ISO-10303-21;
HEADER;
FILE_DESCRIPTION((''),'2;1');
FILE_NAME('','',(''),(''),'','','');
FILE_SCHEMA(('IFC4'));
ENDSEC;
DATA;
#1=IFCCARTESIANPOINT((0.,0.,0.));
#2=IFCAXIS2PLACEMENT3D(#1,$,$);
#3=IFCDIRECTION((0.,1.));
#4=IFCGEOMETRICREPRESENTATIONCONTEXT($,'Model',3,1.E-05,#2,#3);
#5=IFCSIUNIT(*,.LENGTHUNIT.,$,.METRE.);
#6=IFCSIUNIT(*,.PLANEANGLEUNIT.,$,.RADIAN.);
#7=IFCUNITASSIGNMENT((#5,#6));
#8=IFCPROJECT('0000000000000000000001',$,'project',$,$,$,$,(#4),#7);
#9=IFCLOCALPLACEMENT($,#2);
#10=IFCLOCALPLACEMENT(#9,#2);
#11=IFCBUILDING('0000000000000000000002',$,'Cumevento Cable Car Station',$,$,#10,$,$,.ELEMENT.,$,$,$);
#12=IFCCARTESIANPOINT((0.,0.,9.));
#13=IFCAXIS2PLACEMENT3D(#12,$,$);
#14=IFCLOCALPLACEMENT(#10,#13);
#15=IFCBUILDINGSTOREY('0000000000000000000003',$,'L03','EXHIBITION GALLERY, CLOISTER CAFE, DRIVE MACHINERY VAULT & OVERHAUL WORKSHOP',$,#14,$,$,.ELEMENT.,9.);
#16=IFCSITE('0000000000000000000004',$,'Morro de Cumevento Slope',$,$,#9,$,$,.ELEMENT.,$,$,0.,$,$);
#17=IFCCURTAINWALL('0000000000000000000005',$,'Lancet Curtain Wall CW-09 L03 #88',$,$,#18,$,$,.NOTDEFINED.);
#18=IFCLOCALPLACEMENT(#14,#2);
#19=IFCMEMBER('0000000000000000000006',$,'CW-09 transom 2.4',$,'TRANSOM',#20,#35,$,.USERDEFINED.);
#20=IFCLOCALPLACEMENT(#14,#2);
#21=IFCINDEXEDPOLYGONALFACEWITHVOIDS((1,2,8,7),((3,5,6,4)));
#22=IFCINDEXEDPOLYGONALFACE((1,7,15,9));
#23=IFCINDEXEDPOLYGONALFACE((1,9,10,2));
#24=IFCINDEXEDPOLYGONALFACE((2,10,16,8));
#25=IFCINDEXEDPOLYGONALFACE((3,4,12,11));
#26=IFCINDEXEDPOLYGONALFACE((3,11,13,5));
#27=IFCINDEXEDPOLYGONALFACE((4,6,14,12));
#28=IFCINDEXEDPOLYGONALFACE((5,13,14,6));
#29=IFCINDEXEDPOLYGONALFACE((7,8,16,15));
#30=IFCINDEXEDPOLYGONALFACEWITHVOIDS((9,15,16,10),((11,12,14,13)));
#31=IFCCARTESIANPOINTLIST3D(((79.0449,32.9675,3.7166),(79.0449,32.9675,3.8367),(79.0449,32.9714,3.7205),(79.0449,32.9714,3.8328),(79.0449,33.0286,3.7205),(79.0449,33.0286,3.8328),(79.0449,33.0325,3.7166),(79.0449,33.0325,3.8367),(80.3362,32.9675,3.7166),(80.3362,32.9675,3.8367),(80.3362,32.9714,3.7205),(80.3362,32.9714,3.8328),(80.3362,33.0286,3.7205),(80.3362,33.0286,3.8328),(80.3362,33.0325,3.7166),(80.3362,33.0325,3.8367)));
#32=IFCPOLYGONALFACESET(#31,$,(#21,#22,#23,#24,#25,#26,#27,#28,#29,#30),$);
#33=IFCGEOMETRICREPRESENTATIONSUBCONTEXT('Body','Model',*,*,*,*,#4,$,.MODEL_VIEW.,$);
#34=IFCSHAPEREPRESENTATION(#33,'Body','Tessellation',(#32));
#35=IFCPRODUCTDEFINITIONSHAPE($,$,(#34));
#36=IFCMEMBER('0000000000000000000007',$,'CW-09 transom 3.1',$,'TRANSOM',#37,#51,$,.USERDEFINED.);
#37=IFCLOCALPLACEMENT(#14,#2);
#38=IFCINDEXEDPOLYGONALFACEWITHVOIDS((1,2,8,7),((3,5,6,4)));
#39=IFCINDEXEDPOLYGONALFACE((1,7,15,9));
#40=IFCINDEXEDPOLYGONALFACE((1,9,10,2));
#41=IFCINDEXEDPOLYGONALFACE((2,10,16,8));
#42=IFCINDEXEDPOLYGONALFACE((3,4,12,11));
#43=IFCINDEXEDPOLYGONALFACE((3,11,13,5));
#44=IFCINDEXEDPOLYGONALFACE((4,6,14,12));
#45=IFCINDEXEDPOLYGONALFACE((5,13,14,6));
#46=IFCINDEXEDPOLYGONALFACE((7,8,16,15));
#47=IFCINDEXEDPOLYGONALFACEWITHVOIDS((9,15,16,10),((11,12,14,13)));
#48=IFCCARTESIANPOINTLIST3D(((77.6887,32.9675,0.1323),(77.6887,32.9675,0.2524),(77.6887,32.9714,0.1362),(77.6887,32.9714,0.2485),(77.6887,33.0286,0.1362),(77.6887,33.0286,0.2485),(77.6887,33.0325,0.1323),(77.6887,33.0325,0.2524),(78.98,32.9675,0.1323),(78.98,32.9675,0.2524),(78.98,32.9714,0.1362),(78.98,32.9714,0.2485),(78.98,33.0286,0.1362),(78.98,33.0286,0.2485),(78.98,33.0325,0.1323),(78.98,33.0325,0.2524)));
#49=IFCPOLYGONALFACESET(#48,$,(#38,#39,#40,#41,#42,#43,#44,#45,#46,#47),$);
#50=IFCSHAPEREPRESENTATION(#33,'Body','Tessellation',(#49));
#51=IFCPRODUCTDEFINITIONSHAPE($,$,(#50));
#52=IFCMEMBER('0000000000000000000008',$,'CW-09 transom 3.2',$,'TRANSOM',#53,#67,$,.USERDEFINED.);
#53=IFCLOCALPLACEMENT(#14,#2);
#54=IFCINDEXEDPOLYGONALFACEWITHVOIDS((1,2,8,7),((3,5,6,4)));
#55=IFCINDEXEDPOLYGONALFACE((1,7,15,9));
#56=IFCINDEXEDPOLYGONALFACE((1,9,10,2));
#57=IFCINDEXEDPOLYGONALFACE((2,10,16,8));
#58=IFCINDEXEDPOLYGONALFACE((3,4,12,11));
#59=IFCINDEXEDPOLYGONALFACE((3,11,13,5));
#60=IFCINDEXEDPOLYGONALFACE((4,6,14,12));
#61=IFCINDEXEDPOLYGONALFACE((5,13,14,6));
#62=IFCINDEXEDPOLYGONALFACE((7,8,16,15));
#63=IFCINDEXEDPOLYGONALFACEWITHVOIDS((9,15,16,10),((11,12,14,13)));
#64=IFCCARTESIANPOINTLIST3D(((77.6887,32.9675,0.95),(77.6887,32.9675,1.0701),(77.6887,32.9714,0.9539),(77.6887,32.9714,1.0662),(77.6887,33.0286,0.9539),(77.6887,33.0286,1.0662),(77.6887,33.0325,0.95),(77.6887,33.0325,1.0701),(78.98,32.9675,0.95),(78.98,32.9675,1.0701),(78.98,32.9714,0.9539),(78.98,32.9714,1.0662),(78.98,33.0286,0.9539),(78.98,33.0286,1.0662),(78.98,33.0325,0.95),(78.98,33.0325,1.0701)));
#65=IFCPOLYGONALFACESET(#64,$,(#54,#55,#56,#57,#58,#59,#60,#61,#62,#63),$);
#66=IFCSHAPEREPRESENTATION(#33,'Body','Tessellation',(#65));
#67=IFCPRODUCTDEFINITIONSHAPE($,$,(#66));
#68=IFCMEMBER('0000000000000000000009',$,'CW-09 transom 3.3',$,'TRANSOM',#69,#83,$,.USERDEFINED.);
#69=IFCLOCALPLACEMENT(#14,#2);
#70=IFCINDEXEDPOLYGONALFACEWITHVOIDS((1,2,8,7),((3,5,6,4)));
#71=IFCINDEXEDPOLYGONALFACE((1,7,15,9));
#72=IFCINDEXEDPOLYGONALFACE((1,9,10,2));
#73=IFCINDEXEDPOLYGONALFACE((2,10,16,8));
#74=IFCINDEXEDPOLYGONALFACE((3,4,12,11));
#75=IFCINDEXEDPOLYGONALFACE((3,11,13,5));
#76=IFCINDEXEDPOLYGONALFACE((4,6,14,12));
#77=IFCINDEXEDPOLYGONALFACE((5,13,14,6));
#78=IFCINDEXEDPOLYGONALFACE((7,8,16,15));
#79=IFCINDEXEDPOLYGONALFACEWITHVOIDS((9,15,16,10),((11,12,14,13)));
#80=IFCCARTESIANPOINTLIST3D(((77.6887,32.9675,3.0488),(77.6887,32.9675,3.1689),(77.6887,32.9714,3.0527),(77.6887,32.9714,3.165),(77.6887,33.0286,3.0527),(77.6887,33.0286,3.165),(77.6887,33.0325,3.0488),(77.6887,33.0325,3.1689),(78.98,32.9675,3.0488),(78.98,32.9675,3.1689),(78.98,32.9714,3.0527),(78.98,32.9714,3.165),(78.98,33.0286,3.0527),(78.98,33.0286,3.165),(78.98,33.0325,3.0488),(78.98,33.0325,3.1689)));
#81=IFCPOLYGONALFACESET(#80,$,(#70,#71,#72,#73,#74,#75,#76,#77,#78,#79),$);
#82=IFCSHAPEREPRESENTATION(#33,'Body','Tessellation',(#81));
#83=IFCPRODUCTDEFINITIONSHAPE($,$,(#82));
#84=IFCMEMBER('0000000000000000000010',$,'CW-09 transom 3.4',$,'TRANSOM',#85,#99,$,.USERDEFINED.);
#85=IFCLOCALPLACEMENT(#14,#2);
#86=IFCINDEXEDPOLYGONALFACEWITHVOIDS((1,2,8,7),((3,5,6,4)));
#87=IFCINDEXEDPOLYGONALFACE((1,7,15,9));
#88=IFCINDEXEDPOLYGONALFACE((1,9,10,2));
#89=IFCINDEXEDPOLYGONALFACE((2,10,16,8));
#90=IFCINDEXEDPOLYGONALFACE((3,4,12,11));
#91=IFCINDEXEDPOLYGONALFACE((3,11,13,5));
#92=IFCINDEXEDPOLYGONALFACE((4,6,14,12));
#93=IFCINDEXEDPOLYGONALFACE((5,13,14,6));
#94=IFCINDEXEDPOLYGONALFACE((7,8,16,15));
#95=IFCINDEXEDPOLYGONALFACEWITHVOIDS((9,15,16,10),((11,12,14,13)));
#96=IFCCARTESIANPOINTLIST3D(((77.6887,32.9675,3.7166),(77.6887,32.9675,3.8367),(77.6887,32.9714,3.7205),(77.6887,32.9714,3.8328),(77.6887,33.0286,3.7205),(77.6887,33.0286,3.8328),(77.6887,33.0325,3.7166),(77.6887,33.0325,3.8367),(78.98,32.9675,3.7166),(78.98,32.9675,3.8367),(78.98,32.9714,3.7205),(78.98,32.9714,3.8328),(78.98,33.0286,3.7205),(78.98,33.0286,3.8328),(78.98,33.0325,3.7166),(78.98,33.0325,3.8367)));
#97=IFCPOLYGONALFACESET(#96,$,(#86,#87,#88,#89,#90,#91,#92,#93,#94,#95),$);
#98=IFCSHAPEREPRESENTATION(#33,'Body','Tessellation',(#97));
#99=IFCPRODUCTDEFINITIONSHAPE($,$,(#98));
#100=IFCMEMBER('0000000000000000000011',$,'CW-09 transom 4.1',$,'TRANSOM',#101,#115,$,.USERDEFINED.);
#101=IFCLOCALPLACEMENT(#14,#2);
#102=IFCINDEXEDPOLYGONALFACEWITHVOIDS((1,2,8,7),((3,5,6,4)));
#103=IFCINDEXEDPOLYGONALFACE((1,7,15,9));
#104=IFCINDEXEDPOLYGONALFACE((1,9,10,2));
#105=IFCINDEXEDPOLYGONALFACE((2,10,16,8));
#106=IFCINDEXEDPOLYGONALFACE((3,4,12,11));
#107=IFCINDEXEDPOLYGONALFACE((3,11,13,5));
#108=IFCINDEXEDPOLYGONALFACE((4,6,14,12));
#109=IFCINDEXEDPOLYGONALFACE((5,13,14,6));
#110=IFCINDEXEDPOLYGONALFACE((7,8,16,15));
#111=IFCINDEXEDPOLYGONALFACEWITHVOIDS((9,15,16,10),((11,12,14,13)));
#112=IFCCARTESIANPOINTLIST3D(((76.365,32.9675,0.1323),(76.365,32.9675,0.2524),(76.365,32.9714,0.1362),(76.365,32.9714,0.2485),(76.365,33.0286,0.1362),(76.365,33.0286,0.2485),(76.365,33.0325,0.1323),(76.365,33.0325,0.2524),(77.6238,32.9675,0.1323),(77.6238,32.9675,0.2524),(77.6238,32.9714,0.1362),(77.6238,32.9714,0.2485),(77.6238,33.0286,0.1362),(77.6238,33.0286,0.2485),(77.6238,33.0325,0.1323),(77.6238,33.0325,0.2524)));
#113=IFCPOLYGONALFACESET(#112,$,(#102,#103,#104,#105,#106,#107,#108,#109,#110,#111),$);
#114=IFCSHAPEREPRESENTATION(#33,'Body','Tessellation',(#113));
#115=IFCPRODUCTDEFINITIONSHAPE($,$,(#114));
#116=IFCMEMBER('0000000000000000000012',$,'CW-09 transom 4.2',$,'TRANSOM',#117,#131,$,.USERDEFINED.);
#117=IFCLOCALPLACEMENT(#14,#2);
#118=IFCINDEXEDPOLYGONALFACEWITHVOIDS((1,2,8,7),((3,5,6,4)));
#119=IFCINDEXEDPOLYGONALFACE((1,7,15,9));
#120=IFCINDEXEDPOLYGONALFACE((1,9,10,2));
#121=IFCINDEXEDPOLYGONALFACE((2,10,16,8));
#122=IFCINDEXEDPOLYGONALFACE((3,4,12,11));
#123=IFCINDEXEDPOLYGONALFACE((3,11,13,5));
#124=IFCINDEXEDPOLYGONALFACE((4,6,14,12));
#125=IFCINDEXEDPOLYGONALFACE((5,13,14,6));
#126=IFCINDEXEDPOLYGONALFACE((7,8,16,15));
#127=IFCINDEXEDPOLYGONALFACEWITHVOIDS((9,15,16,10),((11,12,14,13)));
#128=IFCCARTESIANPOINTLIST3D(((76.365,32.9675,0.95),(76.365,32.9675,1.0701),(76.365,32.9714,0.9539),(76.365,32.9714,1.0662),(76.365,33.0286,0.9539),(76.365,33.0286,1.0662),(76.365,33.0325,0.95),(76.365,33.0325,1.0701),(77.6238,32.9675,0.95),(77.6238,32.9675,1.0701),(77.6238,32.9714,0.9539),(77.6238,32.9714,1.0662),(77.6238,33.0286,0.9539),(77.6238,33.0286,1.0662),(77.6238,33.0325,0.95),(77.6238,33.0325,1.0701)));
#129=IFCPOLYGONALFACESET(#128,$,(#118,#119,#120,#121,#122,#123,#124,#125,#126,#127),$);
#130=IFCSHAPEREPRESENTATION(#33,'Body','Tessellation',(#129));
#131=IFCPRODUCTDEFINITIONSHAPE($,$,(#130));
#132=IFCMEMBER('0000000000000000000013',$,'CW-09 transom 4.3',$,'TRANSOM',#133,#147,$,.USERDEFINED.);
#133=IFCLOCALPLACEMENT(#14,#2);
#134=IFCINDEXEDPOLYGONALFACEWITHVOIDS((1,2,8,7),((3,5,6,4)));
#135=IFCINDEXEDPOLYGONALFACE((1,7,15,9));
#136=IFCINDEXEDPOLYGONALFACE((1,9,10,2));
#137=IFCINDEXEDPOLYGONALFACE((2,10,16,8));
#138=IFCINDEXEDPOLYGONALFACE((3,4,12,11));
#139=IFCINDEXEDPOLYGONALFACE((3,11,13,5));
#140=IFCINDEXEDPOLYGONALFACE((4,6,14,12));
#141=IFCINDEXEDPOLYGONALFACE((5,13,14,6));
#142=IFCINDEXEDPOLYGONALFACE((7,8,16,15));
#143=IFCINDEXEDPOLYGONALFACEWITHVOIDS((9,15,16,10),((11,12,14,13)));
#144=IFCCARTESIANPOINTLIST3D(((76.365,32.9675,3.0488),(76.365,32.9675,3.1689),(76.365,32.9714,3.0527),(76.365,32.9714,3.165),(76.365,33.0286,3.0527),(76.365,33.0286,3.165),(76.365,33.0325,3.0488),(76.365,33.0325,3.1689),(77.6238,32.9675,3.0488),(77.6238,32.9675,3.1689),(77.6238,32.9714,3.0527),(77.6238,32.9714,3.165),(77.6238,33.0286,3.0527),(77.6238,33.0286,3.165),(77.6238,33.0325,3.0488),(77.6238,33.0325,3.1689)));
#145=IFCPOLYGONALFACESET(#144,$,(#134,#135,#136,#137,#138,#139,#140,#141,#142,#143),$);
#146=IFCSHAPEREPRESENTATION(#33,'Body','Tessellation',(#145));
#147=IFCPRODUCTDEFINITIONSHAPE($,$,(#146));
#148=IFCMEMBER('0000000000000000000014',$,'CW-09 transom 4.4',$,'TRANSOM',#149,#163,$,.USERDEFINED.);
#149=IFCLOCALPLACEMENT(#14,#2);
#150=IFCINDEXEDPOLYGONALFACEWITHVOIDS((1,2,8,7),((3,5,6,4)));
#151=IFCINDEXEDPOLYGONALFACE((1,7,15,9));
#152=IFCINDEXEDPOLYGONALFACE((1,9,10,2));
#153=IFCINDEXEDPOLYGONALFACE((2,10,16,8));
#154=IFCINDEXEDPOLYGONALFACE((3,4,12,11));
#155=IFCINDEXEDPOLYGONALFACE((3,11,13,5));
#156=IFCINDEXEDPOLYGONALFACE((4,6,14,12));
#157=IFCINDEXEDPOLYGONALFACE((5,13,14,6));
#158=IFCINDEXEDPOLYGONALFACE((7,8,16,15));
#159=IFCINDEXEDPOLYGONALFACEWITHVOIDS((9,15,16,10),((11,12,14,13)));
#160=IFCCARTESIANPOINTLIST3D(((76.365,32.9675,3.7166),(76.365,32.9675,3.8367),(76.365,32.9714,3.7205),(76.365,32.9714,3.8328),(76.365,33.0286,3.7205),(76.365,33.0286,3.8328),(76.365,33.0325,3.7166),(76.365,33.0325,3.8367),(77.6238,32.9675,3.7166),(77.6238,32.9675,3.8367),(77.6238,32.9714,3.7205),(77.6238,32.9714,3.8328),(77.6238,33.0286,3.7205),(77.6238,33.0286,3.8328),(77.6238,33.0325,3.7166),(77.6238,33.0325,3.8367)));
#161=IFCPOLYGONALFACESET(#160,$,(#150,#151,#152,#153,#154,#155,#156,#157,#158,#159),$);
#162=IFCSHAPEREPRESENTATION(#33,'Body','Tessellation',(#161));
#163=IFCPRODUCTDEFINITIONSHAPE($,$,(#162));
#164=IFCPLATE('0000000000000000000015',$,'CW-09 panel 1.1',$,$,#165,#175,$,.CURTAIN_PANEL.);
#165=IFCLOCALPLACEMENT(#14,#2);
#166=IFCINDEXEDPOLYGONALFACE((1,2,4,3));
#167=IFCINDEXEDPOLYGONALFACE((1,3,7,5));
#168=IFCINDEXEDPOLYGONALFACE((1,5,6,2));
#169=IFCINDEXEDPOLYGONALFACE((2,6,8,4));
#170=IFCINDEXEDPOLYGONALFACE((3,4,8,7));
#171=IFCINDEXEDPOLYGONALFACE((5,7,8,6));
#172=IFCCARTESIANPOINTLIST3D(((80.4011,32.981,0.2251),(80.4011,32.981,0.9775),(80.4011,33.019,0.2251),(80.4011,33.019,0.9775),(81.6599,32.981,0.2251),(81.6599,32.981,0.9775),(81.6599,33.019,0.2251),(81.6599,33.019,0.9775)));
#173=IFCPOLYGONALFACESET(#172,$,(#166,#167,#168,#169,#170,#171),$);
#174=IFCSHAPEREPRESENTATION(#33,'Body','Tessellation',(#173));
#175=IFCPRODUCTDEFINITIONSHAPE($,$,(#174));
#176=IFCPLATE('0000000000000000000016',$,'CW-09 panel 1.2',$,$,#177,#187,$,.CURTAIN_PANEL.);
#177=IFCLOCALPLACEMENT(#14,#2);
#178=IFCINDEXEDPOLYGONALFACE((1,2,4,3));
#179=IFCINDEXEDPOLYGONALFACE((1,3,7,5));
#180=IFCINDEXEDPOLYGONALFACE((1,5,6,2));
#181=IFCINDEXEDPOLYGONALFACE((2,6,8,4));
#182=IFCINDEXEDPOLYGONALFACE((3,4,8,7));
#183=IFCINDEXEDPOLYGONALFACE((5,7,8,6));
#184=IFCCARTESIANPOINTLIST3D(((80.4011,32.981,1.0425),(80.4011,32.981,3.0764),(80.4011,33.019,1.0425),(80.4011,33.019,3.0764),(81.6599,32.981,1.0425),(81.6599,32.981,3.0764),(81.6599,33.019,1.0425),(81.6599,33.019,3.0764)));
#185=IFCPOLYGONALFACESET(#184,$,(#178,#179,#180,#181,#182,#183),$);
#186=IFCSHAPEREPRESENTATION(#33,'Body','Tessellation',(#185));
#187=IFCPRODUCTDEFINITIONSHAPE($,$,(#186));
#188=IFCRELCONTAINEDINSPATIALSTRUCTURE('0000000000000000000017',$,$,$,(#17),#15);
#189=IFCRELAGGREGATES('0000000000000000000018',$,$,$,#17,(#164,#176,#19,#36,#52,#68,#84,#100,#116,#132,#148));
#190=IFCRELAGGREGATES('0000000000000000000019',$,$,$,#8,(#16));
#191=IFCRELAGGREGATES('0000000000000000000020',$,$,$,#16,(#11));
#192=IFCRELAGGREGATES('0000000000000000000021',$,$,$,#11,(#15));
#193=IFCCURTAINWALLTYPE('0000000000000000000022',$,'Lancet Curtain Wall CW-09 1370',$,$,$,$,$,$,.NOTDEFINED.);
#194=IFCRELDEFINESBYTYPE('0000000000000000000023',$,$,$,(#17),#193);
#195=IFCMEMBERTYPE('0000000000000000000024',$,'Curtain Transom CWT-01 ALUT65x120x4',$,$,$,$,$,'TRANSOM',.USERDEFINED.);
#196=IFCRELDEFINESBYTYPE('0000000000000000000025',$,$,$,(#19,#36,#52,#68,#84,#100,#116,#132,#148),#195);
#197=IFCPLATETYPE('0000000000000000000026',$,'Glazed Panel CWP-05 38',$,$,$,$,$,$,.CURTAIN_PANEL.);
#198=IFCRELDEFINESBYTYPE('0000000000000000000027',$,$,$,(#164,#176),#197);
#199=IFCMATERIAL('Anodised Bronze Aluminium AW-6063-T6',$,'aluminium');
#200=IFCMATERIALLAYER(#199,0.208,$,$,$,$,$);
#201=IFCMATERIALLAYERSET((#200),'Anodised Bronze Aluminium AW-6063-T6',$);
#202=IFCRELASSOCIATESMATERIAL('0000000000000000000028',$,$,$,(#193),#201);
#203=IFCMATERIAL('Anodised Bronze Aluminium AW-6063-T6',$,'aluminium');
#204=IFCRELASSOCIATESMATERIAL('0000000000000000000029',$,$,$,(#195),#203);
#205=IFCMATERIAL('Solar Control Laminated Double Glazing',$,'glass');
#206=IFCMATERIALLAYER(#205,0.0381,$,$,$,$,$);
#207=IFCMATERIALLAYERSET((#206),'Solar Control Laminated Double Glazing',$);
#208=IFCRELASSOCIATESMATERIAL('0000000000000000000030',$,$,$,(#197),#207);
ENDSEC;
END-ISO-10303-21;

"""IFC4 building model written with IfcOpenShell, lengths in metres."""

from ifc_helpers import new_model, si_unit, direction, frame, origin, origin_2d, place, context, subcontext, project, spatial, rectangle, hollow_rectangle, extrude, material, layer, layer_set, material_profile, profile_set, type_object, element, aggregate, save


model = new_model("IFC4")

# Units and contexts
model_context = context("Model", 3, precision=1e-05, world=origin(), true_north=direction((0.0, 1.0)))
body_context = subcontext(model_context, "Body", "Model", "MODEL_VIEW")
ifc_project = project(units=[si_unit("LENGTHUNIT", "METRE"), si_unit("PLANEANGLEUNIT", "RADIAN")], contexts=[model_context])

# Site, building, storey
site_placement = place(None, origin())
site = spatial("IfcSite", under=ifc_project, at=site_placement, Name="Morro de Cumevento Slope", CompositionType="ELEMENT", RefElevation=0.0)
building_placement = place(site_placement, origin())
building = spatial("IfcBuilding", under=site, at=building_placement, Name="Cumevento Cable Car Station", CompositionType="ELEMENT")
storey_placement = place(building_placement, frame((0.0, 0.0, 9.0)))
storey = spatial("IfcBuildingStorey", under=building, at=storey_placement, Name="L03", Description="EXHIBITION GALLERY, CLOISTER CAFE, DRIVE MACHINERY VAULT & OVERHAUL WORKSHOP", CompositionType="ELEMENT", Elevation=9.0)

# Curtain wall, members, plates
ifc_material_1 = material(Name="Anodised Bronze Aluminium AW-6063-T6", Category="aluminium")
ifc_layer_1 = layer(ifc_material_1, 0.208)
ifc_layer_set_1 = layer_set([ifc_layer_1], Name="Anodised Bronze Aluminium AW-6063-T6")
curtain_wall_type = type_object("IfcCurtainWallType", Name="Lancet Curtain Wall CW-09 1370", PredefinedType="NOTDEFINED", material=ifc_layer_set_1)
curtain_wall_placement = place(storey_placement, origin())
curtain_wall = element("IfcCurtainWall", 1, at=curtain_wall_placement, inside=storey, type_object=curtain_wall_type, Name="Lancet Curtain Wall CW-09 L03 #88", PredefinedType="NOTDEFINED")
ifc_material_2 = material(Name="Anodised Bronze Aluminium AW-6063-T6", Category="aluminium")
ifc_material_profile_1 = material_profile(ifc_material_2, hollow_rectangle(XDim=0.0649, YDim=0.1201, WallThickness=0.0039, at=origin_2d()), Name="ALUT65x120x4")
ifc_profile_set_1 = profile_set([ifc_material_profile_1], Name="Anodised Bronze Aluminium AW-6063-T6")
member_type_1 = type_object("IfcMemberType", Name="Curtain Transom CWT-01 ALUT65x120x4", ElementType="TRANSOM", PredefinedType="USERDEFINED", material=ifc_profile_set_1)
member_1_placement = place(storey_placement, frame((80.3362, 33.0, 3.7766), z_axis=(-1.0, 0.0, 0.0), x_axis=(0.0, -1.0, 0.0)))
member_1 = element("IfcMember", 2, at=member_1_placement, type_object=member_type_1, Name="CW-09 transom 2.4", ObjectType="TRANSOM", PredefinedType="USERDEFINED", context=body_context, shape_type="SweptSolid", body=[
    extrude(hollow_rectangle(XDim=0.0649, YDim=0.1201, WallThickness=0.0039, at=origin_2d()), origin(), (0.0, 0.0, 1.0), 1.2913),
])
member_2_placement = place(storey_placement, frame((78.98, 33.0, 0.1924), z_axis=(-1.0, 0.0, 0.0), x_axis=(0.0, -1.0, 0.0)))
member_2 = element("IfcMember", 3, at=member_2_placement, type_object=member_type_1, Name="CW-09 transom 3.1", ObjectType="TRANSOM", PredefinedType="USERDEFINED", context=body_context, shape_type="SweptSolid", body=[
    extrude(hollow_rectangle(XDim=0.0649, YDim=0.1201, WallThickness=0.0039, at=origin_2d()), origin(), (0.0, 0.0, 1.0), 1.2913),
])
member_3_placement = place(storey_placement, frame((78.98, 33.0, 1.01), z_axis=(-1.0, 0.0, 0.0), x_axis=(0.0, -1.0, 0.0)))
member_3 = element("IfcMember", 4, at=member_3_placement, type_object=member_type_1, Name="CW-09 transom 3.2", ObjectType="TRANSOM", PredefinedType="USERDEFINED", context=body_context, shape_type="SweptSolid", body=[
    extrude(hollow_rectangle(XDim=0.0649, YDim=0.1201, WallThickness=0.0039, at=origin_2d()), origin(), (0.0, 0.0, 1.0), 1.2913),
])
member_4_placement = place(storey_placement, frame((78.98, 33.0, 3.1089), z_axis=(-1.0, 0.0, 0.0), x_axis=(0.0, -1.0, 0.0)))
member_4 = element("IfcMember", 5, at=member_4_placement, type_object=member_type_1, Name="CW-09 transom 3.3", ObjectType="TRANSOM", PredefinedType="USERDEFINED", context=body_context, shape_type="SweptSolid", body=[
    extrude(hollow_rectangle(XDim=0.0649, YDim=0.1201, WallThickness=0.0039, at=origin_2d()), origin(), (0.0, 0.0, 1.0), 1.2913),
])
member_5_placement = place(storey_placement, frame((78.98, 33.0, 3.7766), z_axis=(-1.0, 0.0, 0.0), x_axis=(0.0, -1.0, 0.0)))
member_5 = element("IfcMember", 6, at=member_5_placement, type_object=member_type_1, Name="CW-09 transom 3.4", ObjectType="TRANSOM", PredefinedType="USERDEFINED", context=body_context, shape_type="SweptSolid", body=[
    extrude(hollow_rectangle(XDim=0.0649, YDim=0.1201, WallThickness=0.0039, at=origin_2d()), origin(), (0.0, 0.0, 1.0), 1.2913),
])
member_6_placement = place(storey_placement, frame((77.6238, 33.0, 0.1924), z_axis=(-1.0, 0.0, 0.0), x_axis=(0.0, -1.0, 0.0)))
member_6 = element("IfcMember", 7, at=member_6_placement, type_object=member_type_1, Name="CW-09 transom 4.1", ObjectType="TRANSOM", PredefinedType="USERDEFINED", context=body_context, shape_type="SweptSolid", body=[
    extrude(hollow_rectangle(XDim=0.0649, YDim=0.1201, WallThickness=0.0039, at=origin_2d()), origin(), (0.0, 0.0, 1.0), 1.2588),
])
member_7_placement = place(storey_placement, frame((77.6238, 33.0, 1.01), z_axis=(-1.0, 0.0, 0.0), x_axis=(0.0, -1.0, 0.0)))
member_7 = element("IfcMember", 8, at=member_7_placement, type_object=member_type_1, Name="CW-09 transom 4.2", ObjectType="TRANSOM", PredefinedType="USERDEFINED", context=body_context, shape_type="SweptSolid", body=[
    extrude(hollow_rectangle(XDim=0.0649, YDim=0.1201, WallThickness=0.0039, at=origin_2d()), origin(), (0.0, 0.0, 1.0), 1.2588),
])
member_8_placement = place(storey_placement, frame((77.6238, 33.0, 3.1089), z_axis=(-1.0, 0.0, 0.0), x_axis=(0.0, -1.0, 0.0)))
member_8 = element("IfcMember", 9, at=member_8_placement, type_object=member_type_1, Name="CW-09 transom 4.3", ObjectType="TRANSOM", PredefinedType="USERDEFINED", context=body_context, shape_type="SweptSolid", body=[
    extrude(hollow_rectangle(XDim=0.0649, YDim=0.1201, WallThickness=0.0039, at=origin_2d()), origin(), (0.0, 0.0, 1.0), 1.2588),
])
member_9_placement = place(storey_placement, frame((77.6238, 33.0, 3.7766), z_axis=(-1.0, 0.0, 0.0), x_axis=(0.0, -1.0, 0.0)))
member_9 = element("IfcMember", 10, at=member_9_placement, type_object=member_type_1, Name="CW-09 transom 4.4", ObjectType="TRANSOM", PredefinedType="USERDEFINED", context=body_context, shape_type="SweptSolid", body=[
    extrude(hollow_rectangle(XDim=0.0649, YDim=0.1201, WallThickness=0.0039, at=origin_2d()), origin(), (0.0, 0.0, 1.0), 1.2588),
])
ifc_material_3 = material(Name="Solar Control Laminated Double Glazing", Category="glass")
ifc_layer_2 = layer(ifc_material_3, 0.0381)
ifc_layer_set_2 = layer_set([ifc_layer_2], Name="Solar Control Laminated Double Glazing")
plate_type = type_object("IfcPlateType", Name="Glazed Panel CWP-05 38", PredefinedType="CURTAIN_PANEL", material=ifc_layer_set_2)
plate_1_placement = place(storey_placement, frame((81.0305, 33.0, 0.2251), z_axis=(0.0, 0.0, 1.0), x_axis=(-1.0, 0.0, 0.0)))
plate_1 = element("IfcPlate", 11, at=plate_1_placement, type_object=plate_type, Name="CW-09 panel 1.1", PredefinedType="CURTAIN_PANEL", context=body_context, shape_type="SweptSolid", body=[
    extrude(rectangle(XDim=1.2588, YDim=0.0381, at=origin_2d()), origin(), (0.0, 0.0, 1.0), 0.7524),
])
plate_2_placement = place(storey_placement, frame((81.0305, 33.0, 1.0425), z_axis=(0.0, 0.0, 1.0), x_axis=(-1.0, 0.0, 0.0)))
plate_2 = element("IfcPlate", 12, at=plate_2_placement, type_object=plate_type, Name="CW-09 panel 1.2", PredefinedType="CURTAIN_PANEL", context=body_context, shape_type="SweptSolid", body=[
    extrude(rectangle(XDim=1.2588, YDim=0.0381, at=origin_2d()), origin(), (0.0, 0.0, 1.0), 2.0339),
])
aggregate(curtain_wall, [plate_1, plate_2, member_1, member_2, member_3, member_4, member_5, member_6, member_7, member_8, member_9])

save(model, "model.ifc")
